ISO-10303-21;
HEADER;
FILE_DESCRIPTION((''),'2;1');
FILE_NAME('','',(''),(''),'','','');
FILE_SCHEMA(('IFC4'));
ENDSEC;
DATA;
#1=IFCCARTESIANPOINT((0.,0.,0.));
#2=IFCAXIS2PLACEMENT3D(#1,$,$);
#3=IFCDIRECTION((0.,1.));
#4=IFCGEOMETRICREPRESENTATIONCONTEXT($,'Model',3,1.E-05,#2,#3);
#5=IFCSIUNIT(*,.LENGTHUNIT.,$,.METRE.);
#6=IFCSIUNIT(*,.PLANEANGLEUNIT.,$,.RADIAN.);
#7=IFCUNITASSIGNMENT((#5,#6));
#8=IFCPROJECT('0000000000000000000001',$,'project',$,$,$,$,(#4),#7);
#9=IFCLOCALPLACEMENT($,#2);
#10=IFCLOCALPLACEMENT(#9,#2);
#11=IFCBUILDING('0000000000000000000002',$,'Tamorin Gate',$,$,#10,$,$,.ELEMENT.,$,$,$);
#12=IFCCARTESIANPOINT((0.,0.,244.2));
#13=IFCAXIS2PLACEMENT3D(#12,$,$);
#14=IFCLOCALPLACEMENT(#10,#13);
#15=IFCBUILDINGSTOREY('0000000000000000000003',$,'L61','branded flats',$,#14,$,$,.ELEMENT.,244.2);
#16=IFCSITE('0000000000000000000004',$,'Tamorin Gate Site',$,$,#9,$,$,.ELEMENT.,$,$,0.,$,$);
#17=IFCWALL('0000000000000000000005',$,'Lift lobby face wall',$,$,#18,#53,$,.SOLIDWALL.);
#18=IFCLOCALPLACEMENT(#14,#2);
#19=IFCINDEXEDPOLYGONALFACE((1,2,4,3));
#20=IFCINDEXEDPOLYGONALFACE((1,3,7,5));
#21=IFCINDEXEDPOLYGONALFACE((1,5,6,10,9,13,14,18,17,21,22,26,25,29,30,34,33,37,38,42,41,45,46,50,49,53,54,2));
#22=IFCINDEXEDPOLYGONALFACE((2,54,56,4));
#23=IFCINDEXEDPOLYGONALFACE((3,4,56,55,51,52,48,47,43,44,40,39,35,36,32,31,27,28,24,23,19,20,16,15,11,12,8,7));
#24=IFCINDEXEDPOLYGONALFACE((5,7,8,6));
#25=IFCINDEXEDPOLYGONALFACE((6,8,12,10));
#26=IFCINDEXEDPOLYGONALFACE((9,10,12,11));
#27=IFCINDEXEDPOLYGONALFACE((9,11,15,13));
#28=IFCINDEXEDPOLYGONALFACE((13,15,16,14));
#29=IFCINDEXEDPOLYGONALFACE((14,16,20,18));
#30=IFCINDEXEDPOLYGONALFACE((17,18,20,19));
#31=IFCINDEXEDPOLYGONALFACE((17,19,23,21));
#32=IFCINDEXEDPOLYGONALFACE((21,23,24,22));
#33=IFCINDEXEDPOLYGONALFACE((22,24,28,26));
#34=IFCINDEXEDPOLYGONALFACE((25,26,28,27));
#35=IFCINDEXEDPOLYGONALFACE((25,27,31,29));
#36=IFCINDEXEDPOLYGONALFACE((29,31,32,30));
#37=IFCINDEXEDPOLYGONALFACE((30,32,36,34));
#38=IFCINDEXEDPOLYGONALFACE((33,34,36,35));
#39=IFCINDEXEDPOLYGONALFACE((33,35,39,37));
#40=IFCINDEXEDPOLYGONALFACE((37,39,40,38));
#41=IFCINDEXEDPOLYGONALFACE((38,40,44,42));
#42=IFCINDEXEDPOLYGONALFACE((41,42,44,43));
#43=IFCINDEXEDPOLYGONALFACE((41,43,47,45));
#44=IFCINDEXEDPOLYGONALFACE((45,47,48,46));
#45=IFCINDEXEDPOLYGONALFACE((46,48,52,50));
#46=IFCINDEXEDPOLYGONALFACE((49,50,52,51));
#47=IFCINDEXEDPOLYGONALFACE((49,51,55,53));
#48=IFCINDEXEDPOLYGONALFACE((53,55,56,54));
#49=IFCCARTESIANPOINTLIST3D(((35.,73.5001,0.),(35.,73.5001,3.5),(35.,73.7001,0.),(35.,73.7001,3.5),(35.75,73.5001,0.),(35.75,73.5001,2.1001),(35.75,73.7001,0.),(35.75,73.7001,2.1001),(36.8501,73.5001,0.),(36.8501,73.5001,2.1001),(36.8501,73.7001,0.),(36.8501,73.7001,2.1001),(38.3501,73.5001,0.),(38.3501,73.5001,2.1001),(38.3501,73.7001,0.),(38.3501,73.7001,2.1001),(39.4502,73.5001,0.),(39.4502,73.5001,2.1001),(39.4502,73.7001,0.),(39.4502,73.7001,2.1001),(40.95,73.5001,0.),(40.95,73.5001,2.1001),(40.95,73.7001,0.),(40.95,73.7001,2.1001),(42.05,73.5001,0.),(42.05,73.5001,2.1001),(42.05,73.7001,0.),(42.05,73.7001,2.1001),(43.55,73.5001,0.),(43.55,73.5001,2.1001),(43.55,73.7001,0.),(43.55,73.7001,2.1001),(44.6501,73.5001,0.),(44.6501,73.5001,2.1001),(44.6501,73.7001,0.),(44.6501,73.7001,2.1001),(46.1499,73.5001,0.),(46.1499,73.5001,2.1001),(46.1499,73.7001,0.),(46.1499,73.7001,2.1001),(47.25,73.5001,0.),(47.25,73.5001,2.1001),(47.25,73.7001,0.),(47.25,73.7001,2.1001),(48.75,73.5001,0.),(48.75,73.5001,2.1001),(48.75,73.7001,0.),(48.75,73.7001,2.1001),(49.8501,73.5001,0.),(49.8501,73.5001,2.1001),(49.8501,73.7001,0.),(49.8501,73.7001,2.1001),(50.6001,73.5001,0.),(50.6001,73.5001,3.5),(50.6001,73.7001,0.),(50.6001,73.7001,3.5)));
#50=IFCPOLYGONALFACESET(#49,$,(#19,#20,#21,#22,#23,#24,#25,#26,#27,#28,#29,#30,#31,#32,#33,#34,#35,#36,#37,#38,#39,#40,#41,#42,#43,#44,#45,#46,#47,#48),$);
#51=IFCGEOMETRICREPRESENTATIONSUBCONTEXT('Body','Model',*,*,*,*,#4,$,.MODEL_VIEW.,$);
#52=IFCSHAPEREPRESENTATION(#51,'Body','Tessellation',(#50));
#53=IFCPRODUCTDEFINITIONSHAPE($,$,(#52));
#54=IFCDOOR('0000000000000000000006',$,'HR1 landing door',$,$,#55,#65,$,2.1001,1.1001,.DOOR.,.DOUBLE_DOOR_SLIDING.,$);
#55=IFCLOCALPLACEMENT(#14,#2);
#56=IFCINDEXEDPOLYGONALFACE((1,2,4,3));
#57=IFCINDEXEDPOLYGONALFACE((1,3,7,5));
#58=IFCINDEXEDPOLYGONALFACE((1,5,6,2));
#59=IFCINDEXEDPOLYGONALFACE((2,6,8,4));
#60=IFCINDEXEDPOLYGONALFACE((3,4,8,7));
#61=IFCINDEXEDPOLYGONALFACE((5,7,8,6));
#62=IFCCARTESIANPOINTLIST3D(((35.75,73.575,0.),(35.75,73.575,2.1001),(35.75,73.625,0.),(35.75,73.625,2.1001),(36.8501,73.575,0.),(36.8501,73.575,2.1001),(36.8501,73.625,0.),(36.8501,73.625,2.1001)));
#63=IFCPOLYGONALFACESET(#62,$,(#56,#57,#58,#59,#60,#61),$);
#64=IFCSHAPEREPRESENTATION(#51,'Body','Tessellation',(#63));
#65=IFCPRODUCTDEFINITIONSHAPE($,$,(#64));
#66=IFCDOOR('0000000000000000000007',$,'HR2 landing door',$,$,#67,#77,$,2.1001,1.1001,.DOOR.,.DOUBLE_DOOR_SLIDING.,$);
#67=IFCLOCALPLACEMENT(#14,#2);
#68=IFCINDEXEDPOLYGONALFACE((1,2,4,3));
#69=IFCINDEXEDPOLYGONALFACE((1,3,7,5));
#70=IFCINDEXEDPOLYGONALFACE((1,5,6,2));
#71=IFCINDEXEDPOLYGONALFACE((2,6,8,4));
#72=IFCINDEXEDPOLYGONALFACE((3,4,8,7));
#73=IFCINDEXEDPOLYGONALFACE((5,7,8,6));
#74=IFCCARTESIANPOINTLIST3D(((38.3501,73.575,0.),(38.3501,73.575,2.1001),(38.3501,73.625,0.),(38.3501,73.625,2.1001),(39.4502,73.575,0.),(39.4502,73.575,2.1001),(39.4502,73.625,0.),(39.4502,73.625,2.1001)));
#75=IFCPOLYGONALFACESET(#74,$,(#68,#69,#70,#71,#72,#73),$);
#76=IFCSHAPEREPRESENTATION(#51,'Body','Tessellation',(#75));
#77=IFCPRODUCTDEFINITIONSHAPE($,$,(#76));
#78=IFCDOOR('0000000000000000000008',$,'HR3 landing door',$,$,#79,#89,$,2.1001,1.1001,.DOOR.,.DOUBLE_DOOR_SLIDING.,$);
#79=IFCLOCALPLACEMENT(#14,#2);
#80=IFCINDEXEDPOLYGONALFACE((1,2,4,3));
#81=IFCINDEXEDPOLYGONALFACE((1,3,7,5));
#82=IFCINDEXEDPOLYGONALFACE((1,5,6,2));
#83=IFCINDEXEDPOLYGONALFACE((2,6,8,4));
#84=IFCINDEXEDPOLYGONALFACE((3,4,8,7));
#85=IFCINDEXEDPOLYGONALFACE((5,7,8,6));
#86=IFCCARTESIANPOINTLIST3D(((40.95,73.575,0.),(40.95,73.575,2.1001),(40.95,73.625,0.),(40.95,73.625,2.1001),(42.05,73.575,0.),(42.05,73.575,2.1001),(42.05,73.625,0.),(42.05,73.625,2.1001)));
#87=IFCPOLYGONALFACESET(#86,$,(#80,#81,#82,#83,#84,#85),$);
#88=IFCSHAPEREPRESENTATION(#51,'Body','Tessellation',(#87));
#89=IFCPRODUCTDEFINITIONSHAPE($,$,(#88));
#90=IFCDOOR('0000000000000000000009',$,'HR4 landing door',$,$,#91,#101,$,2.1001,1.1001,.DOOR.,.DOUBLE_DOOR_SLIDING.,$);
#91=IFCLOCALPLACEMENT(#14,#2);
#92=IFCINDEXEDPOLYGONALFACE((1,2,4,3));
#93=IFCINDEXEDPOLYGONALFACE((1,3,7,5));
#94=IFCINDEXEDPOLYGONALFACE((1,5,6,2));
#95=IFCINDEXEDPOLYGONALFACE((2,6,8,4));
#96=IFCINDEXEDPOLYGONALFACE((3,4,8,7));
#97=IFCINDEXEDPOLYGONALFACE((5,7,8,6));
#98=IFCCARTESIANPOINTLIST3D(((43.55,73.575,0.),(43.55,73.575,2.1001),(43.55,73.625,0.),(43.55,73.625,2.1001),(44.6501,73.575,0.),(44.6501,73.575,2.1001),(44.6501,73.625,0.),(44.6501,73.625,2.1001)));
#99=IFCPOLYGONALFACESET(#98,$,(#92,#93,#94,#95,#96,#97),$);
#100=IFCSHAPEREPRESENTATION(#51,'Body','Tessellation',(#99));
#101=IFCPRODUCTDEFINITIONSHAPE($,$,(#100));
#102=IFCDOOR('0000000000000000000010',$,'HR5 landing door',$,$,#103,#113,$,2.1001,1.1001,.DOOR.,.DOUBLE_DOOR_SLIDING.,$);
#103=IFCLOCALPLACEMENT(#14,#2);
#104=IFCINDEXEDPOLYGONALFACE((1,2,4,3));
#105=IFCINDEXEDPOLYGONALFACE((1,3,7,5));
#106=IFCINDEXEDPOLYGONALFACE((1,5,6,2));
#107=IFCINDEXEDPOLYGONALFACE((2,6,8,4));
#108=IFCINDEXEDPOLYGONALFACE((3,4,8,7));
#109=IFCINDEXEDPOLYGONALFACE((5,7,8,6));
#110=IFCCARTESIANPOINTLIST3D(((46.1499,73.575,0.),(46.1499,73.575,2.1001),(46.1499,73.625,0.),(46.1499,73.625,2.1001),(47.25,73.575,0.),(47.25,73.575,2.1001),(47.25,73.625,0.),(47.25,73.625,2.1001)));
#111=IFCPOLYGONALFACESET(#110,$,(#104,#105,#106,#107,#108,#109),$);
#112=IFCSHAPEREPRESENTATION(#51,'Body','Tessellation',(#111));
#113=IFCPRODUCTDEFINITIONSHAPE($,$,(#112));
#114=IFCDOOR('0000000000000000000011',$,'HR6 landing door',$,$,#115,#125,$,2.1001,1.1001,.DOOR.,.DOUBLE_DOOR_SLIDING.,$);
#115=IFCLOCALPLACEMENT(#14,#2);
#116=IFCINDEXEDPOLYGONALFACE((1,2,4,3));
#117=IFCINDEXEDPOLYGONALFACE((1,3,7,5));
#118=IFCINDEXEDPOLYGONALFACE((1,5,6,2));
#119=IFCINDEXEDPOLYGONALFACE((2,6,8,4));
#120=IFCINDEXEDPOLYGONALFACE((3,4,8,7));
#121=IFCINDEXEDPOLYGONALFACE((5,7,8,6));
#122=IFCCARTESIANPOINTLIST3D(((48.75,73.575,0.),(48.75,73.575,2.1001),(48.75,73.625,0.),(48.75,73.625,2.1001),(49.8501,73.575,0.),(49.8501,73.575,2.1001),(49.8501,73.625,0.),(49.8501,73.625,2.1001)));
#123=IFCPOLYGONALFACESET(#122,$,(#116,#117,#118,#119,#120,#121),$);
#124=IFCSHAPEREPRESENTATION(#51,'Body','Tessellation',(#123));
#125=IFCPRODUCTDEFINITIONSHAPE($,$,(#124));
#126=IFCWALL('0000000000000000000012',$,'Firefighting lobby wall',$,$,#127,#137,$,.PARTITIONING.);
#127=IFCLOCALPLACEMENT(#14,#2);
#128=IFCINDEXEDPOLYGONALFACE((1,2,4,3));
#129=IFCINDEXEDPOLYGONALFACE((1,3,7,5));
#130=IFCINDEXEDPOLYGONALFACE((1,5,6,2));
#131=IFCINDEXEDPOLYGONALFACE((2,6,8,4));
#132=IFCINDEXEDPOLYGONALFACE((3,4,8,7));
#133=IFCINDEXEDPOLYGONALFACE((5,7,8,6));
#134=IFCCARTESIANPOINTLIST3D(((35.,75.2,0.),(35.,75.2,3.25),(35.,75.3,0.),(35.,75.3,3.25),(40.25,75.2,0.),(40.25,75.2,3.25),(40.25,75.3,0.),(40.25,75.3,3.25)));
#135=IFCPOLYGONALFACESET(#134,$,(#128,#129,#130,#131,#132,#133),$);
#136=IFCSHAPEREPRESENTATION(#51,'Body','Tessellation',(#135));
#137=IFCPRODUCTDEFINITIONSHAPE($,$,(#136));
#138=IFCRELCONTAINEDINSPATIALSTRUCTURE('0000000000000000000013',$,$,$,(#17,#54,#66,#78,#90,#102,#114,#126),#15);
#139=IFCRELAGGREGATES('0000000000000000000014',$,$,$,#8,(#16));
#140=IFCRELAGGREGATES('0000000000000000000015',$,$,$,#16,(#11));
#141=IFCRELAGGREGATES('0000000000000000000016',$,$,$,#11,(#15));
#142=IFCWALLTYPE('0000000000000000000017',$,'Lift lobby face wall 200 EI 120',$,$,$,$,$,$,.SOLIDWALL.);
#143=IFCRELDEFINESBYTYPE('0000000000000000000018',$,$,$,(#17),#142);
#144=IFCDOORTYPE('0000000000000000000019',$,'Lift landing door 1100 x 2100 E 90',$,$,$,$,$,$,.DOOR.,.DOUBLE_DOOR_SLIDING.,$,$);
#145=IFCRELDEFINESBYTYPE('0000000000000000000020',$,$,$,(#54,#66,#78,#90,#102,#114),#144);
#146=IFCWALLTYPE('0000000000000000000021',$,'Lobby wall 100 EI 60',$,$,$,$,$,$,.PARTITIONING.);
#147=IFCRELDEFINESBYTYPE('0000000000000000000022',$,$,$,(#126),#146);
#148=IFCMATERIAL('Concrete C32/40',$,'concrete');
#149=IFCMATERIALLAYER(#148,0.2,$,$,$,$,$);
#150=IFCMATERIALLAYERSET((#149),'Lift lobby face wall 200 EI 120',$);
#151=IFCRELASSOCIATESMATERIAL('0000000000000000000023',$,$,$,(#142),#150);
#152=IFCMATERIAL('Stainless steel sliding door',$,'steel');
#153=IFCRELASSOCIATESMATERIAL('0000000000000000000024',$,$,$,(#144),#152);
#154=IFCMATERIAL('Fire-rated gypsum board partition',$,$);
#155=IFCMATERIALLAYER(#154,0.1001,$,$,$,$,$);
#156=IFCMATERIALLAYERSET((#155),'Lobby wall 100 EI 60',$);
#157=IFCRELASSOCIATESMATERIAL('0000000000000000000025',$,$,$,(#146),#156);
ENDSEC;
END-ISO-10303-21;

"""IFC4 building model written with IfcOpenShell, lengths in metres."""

from ifc_helpers import new_model, si_unit, direction, frame, frame_2d, origin, place, context, subcontext, project, spatial, rectangle, extrude, material, layer, layer_set, type_object, element, fill, save


model = new_model("IFC4")

# Units and contexts
model_context = context("Model", 3, precision=1e-05, world=origin(), true_north=direction((0.0, 1.0)))
body_context = subcontext(model_context, "Body", "Model", "MODEL_VIEW")
ifc_project = project(units=[si_unit("LENGTHUNIT", "METRE"), si_unit("PLANEANGLEUNIT", "RADIAN")], contexts=[model_context])

# Site, building, storey
site_placement = place(None, origin())
site = spatial("IfcSite", under=ifc_project, at=site_placement, Name="Tamorin Gate Site", CompositionType="ELEMENT", RefElevation=0.0)
building_placement = place(site_placement, origin())
building = spatial("IfcBuilding", under=site, at=building_placement, Name="Tamorin Gate", CompositionType="ELEMENT")
storey_placement = place(building_placement, frame((0.0, 0.0, 244.2)))
storey = spatial("IfcBuildingStorey", under=building, at=storey_placement, Name="L61", Description="branded flats", CompositionType="ELEMENT", Elevation=244.2)

# Wall, openings, doors
ifc_material_1 = material(Name="Concrete C32/40", Category="concrete")
ifc_layer_1 = layer(ifc_material_1, 0.2)
ifc_layer_set_1 = layer_set([ifc_layer_1], Name="Lift lobby face wall 200 EI 120")
wall_type_1 = type_object("IfcWallType", Name="Lift lobby face wall 200 EI 120", PredefinedType="SOLIDWALL", material=ifc_layer_set_1)
wall_1_placement = place(storey_placement, frame((35.0, 73.6001, 0.0), z_axis=(0.0, 0.0, 1.0), x_axis=(1.0, 0.0, 0.0)))
wall_1 = element("IfcWall", 1, at=wall_1_placement, inside=storey, type_object=wall_type_1, Name="Lift lobby face wall", PredefinedType="SOLIDWALL", context=body_context, shape_type="SweptSolid", body=[
    extrude(rectangle(XDim=15.6001, YDim=0.2, at=frame_2d((7.8, 0.0))), origin(), (0.0, 0.0, 1.0), 3.5),
])
opening_1_placement = place(wall_1_placement, frame((0.75, 0.0, 0.0)))
opening_1 = element("IfcOpeningElement", 2, at=opening_1_placement, cuts=wall_1, PredefinedType="OPENING", context=body_context, shape_type="SweptSolid", body=[
    extrude(rectangle(XDim=1.1001, YDim=2.1001, at=frame_2d((0.55, 1.05))), frame((0.0, 0.1099, 0.0), z_axis=(0.0, -1.0, 0.0), x_axis=(1.0, 0.0, 0.0)), (0.0, 0.0, 1.0), 0.22),
])
opening_2_placement = place(wall_1_placement, frame((3.3501, 0.0, 0.0)))
opening_2 = element("IfcOpeningElement", 3, at=opening_2_placement, cuts=wall_1, PredefinedType="OPENING", context=body_context, shape_type="SweptSolid", body=[
    extrude(rectangle(XDim=1.1001, YDim=2.1001, at=frame_2d((0.55, 1.05))), frame((0.0, 0.1099, 0.0), z_axis=(0.0, -1.0, 0.0), x_axis=(1.0, 0.0, 0.0)), (0.0, 0.0, 1.0), 0.22),
])
opening_3_placement = place(wall_1_placement, frame((5.95, 0.0, 0.0)))
opening_3 = element("IfcOpeningElement", 4, at=opening_3_placement, cuts=wall_1, PredefinedType="OPENING", context=body_context, shape_type="SweptSolid", body=[
    extrude(rectangle(XDim=1.1001, YDim=2.1001, at=frame_2d((0.55, 1.05))), frame((0.0, 0.1099, 0.0), z_axis=(0.0, -1.0, 0.0), x_axis=(1.0, 0.0, 0.0)), (0.0, 0.0, 1.0), 0.22),
])
opening_4_placement = place(wall_1_placement, frame((8.55, 0.0, 0.0)))
opening_4 = element("IfcOpeningElement", 5, at=opening_4_placement, cuts=wall_1, PredefinedType="OPENING", context=body_context, shape_type="SweptSolid", body=[
    extrude(rectangle(XDim=1.1001, YDim=2.1001, at=frame_2d((0.55, 1.05))), frame((0.0, 0.1099, 0.0), z_axis=(0.0, -1.0, 0.0), x_axis=(1.0, 0.0, 0.0)), (0.0, 0.0, 1.0), 0.22),
])
opening_5_placement = place(wall_1_placement, frame((11.1499, 0.0, 0.0)))
opening_5 = element("IfcOpeningElement", 6, at=opening_5_placement, cuts=wall_1, PredefinedType="OPENING", context=body_context, shape_type="SweptSolid", body=[
    extrude(rectangle(XDim=1.1001, YDim=2.1001, at=frame_2d((0.55, 1.05))), frame((0.0, 0.1099, 0.0), z_axis=(0.0, -1.0, 0.0), x_axis=(1.0, 0.0, 0.0)), (0.0, 0.0, 1.0), 0.22),
])
opening_6_placement = place(wall_1_placement, frame((13.75, 0.0, 0.0)))
opening_6 = element("IfcOpeningElement", 7, at=opening_6_placement, cuts=wall_1, PredefinedType="OPENING", context=body_context, shape_type="SweptSolid", body=[
    extrude(rectangle(XDim=1.1001, YDim=2.1001, at=frame_2d((0.55, 1.05))), frame((0.0, 0.1099, 0.0), z_axis=(0.0, -1.0, 0.0), x_axis=(1.0, 0.0, 0.0)), (0.0, 0.0, 1.0), 0.22),
])
ifc_material_2 = material(Name="Stainless steel sliding door", Category="steel")
door_type_1 = type_object("IfcDoorType", Name="Lift landing door 1100 x 2100 E 90", OperationType="DOUBLE_DOOR_SLIDING", PredefinedType="DOOR", material=ifc_material_2)
door_1_placement = place(opening_1_placement, origin())
door_1 = element("IfcDoor", 8, at=door_1_placement, inside=storey, type_object=door_type_1, Name="HR1 landing door", OperationType="DOUBLE_DOOR_SLIDING", OverallHeight=2.1001, OverallWidth=1.1001, PredefinedType="DOOR", context=body_context, shape_type="SweptSolid", body=[
    extrude(rectangle(XDim=1.1001, YDim=2.1001, at=frame_2d((0.55, 1.05))), frame((0.0, 0.0249, 0.0), z_axis=(0.0, -1.0, 0.0), x_axis=(1.0, 0.0, 0.0)), (0.0, 0.0, 1.0), 0.05),
])
fill(opening_1, door_1)
door_2_placement = place(opening_2_placement, origin())
door_2 = element("IfcDoor", 9, at=door_2_placement, inside=storey, type_object=door_type_1, Name="HR2 landing door", OperationType="DOUBLE_DOOR_SLIDING", OverallHeight=2.1001, OverallWidth=1.1001, PredefinedType="DOOR", context=body_context, shape_type="SweptSolid", body=[
    extrude(rectangle(XDim=1.1001, YDim=2.1001, at=frame_2d((0.55, 1.05))), frame((0.0, 0.0249, 0.0), z_axis=(0.0, -1.0, 0.0), x_axis=(1.0, 0.0, 0.0)), (0.0, 0.0, 1.0), 0.05),
])
fill(opening_2, door_2)
door_3_placement = place(opening_3_placement, origin())
door_3 = element("IfcDoor", 10, at=door_3_placement, inside=storey, type_object=door_type_1, Name="HR3 landing door", OperationType="DOUBLE_DOOR_SLIDING", OverallHeight=2.1001, OverallWidth=1.1001, PredefinedType="DOOR", context=body_context, shape_type="SweptSolid", body=[
    extrude(rectangle(XDim=1.1001, YDim=2.1001, at=frame_2d((0.55, 1.05))), frame((0.0, 0.0249, 0.0), z_axis=(0.0, -1.0, 0.0), x_axis=(1.0, 0.0, 0.0)), (0.0, 0.0, 1.0), 0.05),
])
fill(opening_3, door_3)
door_4_placement = place(opening_4_placement, origin())
door_4 = element("IfcDoor", 11, at=door_4_placement, inside=storey, type_object=door_type_1, Name="HR4 landing door", OperationType="DOUBLE_DOOR_SLIDING", OverallHeight=2.1001, OverallWidth=1.1001, PredefinedType="DOOR", context=body_context, shape_type="SweptSolid", body=[
    extrude(rectangle(XDim=1.1001, YDim=2.1001, at=frame_2d((0.55, 1.05))), frame((0.0, 0.0249, 0.0), z_axis=(0.0, -1.0, 0.0), x_axis=(1.0, 0.0, 0.0)), (0.0, 0.0, 1.0), 0.05),
])
fill(opening_4, door_4)
door_5_placement = place(opening_5_placement, origin())
door_5 = element("IfcDoor", 12, at=door_5_placement, inside=storey, type_object=door_type_1, Name="HR5 landing door", OperationType="DOUBLE_DOOR_SLIDING", OverallHeight=2.1001, OverallWidth=1.1001, PredefinedType="DOOR", context=body_context, shape_type="SweptSolid", body=[
    extrude(rectangle(XDim=1.1001, YDim=2.1001, at=frame_2d((0.55, 1.05))), frame((0.0, 0.0249, 0.0), z_axis=(0.0, -1.0, 0.0), x_axis=(1.0, 0.0, 0.0)), (0.0, 0.0, 1.0), 0.05),
])
fill(opening_5, door_5)
door_6_placement = place(opening_6_placement, origin())
door_6 = element("IfcDoor", 13, at=door_6_placement, inside=storey, type_object=door_type_1, Name="HR6 landing door", OperationType="DOUBLE_DOOR_SLIDING", OverallHeight=2.1001, OverallWidth=1.1001, PredefinedType="DOOR", context=body_context, shape_type="SweptSolid", body=[
    extrude(rectangle(XDim=1.1001, YDim=2.1001, at=frame_2d((0.55, 1.05))), frame((0.0, 0.0249, 0.0), z_axis=(0.0, -1.0, 0.0), x_axis=(1.0, 0.0, 0.0)), (0.0, 0.0, 1.0), 0.05),
])
fill(opening_6, door_6)

# Wall
ifc_material_3 = material(Name="Fire-rated gypsum board partition")
ifc_layer_2 = layer(ifc_material_3, 0.1001)
ifc_layer_set_2 = layer_set([ifc_layer_2], Name="Lobby wall 100 EI 60")
wall_type_2 = type_object("IfcWallType", Name="Lobby wall 100 EI 60", PredefinedType="PARTITIONING", material=ifc_layer_set_2)
wall_2_placement = place(storey_placement, frame((35.0, 75.25, 0.0), z_axis=(0.0, 0.0, 1.0), x_axis=(1.0, 0.0, 0.0)))
element("IfcWall", 14, at=wall_2_placement, inside=storey, type_object=wall_type_2, Name="Firefighting lobby wall", PredefinedType="PARTITIONING", context=body_context, shape_type="SweptSolid", body=[
    extrude(rectangle(XDim=5.25, YDim=0.1001, at=frame_2d((2.625, 0.0))), origin(), (0.0, 0.0, 1.0), 3.25),
])

save(model, "model.ifc")
